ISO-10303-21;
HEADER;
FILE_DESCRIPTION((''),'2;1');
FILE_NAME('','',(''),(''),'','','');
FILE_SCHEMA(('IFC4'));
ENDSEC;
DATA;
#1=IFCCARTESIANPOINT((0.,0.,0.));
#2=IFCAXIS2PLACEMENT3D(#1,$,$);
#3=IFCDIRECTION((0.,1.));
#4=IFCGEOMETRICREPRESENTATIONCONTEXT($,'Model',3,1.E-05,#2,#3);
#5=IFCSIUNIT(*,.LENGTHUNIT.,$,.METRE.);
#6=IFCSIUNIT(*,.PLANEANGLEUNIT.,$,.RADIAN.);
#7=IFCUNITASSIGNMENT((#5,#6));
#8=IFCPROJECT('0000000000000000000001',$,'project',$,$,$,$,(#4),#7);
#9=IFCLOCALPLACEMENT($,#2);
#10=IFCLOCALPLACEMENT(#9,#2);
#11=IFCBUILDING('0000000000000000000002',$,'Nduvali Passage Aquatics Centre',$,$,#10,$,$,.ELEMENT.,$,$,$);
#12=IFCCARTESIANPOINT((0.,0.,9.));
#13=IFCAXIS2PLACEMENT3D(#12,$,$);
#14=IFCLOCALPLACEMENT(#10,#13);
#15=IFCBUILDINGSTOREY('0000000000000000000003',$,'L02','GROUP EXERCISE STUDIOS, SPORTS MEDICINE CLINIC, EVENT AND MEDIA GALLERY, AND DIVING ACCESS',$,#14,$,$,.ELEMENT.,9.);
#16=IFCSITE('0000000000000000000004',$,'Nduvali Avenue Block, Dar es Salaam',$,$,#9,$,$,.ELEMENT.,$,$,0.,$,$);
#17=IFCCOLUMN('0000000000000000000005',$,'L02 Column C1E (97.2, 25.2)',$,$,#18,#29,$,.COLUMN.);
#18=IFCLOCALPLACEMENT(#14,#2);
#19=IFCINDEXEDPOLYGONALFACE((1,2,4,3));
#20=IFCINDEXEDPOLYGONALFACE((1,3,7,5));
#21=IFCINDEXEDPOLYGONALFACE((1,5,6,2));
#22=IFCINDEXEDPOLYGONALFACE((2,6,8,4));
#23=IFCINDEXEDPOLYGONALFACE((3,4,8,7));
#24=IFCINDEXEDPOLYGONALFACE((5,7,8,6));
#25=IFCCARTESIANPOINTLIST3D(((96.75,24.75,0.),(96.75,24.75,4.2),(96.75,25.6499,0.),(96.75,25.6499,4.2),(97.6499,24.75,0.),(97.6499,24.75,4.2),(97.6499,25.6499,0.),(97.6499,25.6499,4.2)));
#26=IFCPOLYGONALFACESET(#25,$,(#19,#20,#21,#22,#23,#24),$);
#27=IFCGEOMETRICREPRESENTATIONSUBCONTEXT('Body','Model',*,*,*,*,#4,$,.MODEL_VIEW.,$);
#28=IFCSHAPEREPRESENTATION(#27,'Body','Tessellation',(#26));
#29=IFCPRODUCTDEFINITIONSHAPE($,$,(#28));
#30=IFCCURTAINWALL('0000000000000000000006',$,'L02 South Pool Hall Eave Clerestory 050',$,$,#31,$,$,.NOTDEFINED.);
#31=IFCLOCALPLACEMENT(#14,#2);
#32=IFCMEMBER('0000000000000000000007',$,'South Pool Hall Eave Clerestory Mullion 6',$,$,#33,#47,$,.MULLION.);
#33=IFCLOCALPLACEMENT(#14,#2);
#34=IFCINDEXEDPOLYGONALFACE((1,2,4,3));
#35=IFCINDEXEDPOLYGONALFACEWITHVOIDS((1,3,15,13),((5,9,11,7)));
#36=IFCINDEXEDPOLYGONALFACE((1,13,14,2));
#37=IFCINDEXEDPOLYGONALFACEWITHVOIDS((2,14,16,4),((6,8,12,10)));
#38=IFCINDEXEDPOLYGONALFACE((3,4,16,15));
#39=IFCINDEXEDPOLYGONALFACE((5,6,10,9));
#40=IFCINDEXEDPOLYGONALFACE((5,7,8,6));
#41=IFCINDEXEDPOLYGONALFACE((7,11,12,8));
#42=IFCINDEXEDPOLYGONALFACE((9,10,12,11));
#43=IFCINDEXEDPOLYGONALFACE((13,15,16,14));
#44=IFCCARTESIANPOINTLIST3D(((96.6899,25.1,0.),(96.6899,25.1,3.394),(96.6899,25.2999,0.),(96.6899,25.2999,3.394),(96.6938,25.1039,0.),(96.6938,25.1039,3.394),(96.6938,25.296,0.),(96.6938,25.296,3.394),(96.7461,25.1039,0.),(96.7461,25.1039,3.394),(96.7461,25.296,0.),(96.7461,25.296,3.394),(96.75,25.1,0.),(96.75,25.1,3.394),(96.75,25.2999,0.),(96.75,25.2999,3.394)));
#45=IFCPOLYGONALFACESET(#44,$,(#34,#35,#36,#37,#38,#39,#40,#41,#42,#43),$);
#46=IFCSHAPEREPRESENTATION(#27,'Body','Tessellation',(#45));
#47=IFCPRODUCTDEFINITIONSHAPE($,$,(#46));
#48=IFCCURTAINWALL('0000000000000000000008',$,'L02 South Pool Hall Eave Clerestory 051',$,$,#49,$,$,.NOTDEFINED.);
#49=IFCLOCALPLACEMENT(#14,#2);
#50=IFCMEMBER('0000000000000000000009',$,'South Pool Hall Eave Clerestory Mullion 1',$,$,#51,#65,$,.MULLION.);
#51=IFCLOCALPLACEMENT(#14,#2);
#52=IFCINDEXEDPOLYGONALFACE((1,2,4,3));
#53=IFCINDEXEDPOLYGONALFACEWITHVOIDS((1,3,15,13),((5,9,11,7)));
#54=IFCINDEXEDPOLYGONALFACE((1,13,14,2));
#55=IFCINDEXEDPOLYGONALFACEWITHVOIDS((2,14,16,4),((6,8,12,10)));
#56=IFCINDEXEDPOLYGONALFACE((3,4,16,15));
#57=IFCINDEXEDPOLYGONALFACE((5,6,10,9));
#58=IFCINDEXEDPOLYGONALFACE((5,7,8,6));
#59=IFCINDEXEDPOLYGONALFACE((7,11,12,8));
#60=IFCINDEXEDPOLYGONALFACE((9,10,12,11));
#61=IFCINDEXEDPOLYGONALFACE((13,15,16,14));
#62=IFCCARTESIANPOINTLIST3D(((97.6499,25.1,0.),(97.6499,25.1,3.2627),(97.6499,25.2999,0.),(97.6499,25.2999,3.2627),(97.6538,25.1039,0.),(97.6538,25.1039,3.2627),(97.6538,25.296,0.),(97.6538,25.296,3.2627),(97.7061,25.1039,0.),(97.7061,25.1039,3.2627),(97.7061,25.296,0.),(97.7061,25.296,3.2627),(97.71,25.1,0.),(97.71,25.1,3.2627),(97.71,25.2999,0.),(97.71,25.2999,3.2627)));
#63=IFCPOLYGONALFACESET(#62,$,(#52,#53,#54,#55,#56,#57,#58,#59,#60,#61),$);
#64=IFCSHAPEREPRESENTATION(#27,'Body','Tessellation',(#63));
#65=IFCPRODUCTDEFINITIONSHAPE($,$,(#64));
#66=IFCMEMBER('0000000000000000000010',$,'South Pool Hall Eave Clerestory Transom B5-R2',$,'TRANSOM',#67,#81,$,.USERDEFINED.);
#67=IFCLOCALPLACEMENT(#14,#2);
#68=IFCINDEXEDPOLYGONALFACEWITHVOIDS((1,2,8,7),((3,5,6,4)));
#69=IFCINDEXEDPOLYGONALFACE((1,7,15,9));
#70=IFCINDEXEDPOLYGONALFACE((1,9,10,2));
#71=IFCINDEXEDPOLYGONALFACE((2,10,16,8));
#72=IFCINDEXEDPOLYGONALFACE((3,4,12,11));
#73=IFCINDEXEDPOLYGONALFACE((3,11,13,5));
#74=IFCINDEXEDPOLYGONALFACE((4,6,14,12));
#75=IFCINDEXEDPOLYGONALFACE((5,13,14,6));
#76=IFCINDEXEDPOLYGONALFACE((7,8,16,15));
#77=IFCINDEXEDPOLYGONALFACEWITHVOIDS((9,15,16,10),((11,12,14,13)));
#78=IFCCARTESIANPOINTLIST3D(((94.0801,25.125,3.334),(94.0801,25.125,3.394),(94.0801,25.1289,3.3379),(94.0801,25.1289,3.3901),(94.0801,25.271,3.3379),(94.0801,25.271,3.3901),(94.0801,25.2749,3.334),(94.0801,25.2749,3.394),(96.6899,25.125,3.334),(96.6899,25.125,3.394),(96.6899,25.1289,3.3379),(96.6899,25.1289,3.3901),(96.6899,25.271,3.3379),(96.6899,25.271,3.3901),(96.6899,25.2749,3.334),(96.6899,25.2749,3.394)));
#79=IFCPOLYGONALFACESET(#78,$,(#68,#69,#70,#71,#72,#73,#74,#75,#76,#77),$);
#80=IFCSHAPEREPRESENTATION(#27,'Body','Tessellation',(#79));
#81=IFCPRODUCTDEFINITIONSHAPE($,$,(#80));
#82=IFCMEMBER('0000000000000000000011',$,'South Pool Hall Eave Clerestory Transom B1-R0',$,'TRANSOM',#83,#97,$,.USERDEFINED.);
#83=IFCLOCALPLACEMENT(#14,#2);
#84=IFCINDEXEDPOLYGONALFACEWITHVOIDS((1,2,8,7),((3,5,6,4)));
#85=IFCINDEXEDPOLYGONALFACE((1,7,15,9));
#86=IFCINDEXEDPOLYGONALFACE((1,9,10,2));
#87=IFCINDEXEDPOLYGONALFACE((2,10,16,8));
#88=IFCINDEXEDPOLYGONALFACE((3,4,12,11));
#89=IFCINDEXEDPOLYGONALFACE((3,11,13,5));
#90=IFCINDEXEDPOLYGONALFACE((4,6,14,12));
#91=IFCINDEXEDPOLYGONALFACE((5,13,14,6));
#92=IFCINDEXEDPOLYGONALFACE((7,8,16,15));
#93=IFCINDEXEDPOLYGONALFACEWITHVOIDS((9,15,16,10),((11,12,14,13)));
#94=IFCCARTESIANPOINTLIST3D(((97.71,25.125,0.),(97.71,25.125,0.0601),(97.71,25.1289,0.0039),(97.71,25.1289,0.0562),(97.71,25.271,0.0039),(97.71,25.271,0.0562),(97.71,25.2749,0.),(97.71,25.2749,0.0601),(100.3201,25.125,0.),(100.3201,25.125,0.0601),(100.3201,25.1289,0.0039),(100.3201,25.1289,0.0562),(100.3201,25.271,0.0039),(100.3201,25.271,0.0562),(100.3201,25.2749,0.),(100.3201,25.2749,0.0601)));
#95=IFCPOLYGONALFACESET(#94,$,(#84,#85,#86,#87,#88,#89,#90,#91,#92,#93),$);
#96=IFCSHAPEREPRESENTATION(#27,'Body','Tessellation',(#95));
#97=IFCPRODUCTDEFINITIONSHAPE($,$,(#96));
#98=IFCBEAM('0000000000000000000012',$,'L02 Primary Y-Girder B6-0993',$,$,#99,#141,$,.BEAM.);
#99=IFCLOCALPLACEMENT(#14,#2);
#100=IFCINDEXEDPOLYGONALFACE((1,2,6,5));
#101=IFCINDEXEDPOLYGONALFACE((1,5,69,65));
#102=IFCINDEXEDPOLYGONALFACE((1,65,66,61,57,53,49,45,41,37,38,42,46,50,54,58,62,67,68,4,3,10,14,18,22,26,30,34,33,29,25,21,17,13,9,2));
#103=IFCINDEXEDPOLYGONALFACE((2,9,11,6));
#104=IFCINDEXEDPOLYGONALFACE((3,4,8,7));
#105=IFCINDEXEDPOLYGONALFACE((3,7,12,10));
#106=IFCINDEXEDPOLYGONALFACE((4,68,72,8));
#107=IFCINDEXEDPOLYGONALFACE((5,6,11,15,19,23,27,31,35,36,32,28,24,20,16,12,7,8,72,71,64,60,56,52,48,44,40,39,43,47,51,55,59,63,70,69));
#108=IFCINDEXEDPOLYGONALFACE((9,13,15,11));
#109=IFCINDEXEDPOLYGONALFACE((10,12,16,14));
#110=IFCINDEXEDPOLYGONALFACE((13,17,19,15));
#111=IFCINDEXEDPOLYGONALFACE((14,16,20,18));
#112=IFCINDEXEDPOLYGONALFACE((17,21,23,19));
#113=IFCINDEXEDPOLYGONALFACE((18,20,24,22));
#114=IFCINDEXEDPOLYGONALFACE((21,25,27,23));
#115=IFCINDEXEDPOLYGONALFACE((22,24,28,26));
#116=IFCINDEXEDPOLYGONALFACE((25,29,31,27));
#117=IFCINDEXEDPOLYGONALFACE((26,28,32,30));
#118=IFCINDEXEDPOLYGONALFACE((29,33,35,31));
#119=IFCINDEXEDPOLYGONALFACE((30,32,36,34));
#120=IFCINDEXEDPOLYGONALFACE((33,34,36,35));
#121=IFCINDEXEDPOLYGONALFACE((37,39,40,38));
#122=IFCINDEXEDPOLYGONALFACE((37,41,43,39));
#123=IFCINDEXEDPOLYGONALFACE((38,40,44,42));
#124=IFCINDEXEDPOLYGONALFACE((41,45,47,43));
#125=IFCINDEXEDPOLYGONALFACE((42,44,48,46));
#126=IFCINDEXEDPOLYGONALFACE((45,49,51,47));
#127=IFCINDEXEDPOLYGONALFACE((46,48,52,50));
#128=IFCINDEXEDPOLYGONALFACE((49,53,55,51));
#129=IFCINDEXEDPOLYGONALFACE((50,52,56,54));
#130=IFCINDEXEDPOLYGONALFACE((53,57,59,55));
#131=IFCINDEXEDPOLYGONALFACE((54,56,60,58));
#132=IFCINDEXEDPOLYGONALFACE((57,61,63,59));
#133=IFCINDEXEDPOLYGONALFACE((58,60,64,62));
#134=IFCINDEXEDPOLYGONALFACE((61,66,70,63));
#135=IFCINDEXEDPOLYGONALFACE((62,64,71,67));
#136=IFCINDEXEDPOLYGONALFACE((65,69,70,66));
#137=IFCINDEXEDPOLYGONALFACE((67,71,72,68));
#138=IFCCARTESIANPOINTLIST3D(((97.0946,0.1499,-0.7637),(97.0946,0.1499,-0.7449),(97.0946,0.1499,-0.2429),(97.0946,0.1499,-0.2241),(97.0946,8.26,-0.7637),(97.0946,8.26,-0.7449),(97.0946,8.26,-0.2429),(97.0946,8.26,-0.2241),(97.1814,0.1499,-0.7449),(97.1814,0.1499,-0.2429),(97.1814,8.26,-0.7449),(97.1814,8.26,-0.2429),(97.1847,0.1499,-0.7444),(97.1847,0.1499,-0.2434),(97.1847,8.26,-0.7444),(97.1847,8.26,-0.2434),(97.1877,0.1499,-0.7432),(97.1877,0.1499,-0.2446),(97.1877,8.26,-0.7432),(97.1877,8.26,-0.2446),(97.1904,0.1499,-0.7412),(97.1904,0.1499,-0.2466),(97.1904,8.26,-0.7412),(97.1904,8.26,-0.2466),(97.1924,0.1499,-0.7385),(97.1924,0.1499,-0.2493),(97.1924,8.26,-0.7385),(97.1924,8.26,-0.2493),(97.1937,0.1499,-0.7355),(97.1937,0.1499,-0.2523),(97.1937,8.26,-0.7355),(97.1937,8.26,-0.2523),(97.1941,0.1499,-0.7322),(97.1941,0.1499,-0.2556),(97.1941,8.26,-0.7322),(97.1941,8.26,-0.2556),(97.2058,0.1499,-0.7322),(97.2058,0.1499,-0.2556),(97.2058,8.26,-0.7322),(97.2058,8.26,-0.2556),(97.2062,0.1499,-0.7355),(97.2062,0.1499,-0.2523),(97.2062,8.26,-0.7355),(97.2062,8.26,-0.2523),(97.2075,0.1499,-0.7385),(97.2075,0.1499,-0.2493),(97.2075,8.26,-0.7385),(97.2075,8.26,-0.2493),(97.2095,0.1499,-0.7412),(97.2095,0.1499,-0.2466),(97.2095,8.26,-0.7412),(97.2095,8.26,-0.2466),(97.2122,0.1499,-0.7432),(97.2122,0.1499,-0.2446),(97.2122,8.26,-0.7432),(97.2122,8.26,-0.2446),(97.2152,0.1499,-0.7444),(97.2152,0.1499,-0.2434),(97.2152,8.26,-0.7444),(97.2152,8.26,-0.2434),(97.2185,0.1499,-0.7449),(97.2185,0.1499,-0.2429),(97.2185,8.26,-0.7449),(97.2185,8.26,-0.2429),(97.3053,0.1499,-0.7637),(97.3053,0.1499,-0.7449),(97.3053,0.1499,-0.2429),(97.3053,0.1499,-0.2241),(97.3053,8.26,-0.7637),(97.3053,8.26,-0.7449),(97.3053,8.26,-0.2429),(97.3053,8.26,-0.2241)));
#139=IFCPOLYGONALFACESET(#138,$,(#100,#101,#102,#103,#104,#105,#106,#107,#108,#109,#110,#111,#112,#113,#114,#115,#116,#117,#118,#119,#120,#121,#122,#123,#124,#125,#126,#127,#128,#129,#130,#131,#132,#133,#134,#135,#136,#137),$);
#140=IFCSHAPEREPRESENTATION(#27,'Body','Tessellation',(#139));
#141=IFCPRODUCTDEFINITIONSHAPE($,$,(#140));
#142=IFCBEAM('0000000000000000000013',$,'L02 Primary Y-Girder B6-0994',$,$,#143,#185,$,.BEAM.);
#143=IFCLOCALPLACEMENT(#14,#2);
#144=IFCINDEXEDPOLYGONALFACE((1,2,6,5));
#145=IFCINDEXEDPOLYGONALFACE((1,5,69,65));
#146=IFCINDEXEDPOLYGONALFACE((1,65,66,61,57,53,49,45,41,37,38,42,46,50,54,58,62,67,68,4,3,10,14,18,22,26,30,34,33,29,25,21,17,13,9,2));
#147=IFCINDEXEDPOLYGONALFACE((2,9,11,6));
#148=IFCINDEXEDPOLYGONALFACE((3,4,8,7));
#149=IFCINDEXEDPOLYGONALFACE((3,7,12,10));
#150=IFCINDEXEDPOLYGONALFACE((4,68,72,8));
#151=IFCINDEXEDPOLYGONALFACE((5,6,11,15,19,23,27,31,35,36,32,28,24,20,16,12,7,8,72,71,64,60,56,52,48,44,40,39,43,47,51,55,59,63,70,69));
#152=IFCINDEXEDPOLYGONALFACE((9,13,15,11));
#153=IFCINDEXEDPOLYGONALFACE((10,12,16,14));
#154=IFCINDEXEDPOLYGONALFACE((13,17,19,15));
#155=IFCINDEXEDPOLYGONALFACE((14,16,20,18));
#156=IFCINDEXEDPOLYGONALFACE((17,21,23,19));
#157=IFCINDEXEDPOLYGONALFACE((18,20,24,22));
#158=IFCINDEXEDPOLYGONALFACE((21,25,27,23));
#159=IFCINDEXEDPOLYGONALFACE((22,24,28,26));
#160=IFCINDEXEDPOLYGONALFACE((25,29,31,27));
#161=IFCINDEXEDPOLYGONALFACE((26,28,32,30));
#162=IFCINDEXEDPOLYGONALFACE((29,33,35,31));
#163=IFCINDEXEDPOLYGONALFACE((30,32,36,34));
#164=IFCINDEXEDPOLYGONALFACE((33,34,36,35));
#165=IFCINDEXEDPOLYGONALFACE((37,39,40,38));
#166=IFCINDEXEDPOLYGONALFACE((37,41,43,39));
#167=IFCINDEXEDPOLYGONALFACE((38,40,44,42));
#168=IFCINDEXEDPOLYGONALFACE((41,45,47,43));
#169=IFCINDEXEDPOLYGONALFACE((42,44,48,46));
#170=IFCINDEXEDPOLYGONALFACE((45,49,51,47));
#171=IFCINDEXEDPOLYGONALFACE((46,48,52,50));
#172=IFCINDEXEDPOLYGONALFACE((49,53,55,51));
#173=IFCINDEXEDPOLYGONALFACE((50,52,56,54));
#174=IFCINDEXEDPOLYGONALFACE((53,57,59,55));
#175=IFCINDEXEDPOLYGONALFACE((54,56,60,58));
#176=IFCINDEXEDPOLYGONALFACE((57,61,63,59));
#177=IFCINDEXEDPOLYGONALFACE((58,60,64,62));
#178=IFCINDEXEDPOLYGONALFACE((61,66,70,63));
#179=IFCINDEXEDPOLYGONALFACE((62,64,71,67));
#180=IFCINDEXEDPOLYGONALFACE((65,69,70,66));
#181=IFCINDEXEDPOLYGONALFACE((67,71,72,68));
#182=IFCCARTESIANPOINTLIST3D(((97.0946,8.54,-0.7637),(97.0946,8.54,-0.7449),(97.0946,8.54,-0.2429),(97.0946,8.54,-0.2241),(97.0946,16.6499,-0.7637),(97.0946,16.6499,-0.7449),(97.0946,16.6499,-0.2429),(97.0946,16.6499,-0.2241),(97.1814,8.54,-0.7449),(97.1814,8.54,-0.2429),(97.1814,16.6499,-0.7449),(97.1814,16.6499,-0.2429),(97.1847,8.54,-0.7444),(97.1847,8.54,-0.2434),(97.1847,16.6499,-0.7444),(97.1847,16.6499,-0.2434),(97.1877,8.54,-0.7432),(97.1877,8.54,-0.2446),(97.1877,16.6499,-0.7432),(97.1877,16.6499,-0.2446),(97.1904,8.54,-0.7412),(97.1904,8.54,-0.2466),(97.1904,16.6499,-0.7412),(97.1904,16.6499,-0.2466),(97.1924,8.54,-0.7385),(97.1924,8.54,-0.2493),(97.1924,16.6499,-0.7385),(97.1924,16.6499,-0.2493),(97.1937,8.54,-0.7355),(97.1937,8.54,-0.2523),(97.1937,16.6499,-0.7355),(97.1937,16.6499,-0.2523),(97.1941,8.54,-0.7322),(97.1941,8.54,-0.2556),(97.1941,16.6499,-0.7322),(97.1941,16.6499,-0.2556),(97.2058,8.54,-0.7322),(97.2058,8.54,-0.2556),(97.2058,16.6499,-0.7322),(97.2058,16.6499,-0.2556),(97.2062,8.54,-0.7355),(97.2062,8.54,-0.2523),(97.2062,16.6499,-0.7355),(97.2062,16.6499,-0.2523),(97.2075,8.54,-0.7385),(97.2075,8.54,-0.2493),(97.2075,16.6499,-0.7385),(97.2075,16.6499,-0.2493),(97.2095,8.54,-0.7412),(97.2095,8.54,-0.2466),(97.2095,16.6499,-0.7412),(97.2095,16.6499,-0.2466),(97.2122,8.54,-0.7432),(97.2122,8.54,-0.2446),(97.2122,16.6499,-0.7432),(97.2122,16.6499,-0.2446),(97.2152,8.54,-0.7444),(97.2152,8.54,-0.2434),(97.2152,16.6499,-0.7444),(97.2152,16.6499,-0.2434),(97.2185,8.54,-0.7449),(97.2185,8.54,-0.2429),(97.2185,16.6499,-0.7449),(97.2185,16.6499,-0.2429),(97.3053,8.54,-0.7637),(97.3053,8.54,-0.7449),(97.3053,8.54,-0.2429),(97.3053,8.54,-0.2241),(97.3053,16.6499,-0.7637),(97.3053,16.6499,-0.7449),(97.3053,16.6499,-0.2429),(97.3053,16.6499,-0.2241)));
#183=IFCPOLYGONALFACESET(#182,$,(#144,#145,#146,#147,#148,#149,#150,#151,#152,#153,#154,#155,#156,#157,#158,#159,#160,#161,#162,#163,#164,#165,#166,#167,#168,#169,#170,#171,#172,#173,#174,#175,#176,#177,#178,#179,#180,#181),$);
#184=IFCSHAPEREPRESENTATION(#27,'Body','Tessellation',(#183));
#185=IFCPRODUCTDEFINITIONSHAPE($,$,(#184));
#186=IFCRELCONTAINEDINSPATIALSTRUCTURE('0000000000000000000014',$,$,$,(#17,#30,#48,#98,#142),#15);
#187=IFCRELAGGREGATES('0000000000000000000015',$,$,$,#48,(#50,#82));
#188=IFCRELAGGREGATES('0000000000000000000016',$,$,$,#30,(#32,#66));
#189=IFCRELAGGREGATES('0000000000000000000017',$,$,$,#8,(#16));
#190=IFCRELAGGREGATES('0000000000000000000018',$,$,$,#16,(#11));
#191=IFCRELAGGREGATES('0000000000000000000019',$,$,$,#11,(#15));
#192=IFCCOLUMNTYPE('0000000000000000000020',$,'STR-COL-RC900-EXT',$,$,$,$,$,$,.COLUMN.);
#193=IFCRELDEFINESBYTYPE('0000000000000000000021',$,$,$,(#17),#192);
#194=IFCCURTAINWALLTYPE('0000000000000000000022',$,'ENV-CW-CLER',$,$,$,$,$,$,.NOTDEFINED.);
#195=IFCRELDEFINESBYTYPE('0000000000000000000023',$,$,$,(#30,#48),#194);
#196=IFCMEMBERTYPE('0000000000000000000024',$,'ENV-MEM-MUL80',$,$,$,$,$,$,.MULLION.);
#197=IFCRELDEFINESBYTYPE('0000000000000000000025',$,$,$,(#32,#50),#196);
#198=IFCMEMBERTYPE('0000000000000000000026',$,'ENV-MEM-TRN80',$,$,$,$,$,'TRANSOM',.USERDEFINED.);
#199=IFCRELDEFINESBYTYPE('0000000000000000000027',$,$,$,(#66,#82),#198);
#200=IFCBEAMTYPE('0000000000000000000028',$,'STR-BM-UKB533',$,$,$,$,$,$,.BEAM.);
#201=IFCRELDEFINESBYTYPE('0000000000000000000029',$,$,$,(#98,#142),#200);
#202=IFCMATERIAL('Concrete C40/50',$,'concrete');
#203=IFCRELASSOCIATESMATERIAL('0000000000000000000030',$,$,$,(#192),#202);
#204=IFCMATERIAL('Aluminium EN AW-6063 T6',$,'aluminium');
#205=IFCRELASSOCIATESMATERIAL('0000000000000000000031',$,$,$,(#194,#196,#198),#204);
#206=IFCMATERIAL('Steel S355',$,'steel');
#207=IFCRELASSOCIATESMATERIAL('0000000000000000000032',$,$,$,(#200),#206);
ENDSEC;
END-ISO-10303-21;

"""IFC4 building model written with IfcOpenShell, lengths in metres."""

from ifc_helpers import new_model, si_unit, direction, frame, origin, origin_2d, place, context, subcontext, project, spatial, rectangle, hollow_rectangle, i_section, extrude, material, material_profile, profile_set, type_object, element, aggregate, save


model = new_model("IFC4")

# Units and contexts
model_context = context("Model", 3, precision=1e-05, world=origin(), true_north=direction((0.0, 1.0)))
body_context = subcontext(model_context, "Body", "Model", "MODEL_VIEW")
ifc_project = project(units=[si_unit("LENGTHUNIT", "METRE"), si_unit("PLANEANGLEUNIT", "RADIAN")], contexts=[model_context])

# Site, building, storey
site_placement = place(None, origin())
site = spatial("IfcSite", under=ifc_project, at=site_placement, Name="Nduvali Avenue Block, Dar es Salaam", CompositionType="ELEMENT", RefElevation=0.0)
building_placement = place(site_placement, origin())
building = spatial("IfcBuilding", under=site, at=building_placement, Name="Nduvali Passage Aquatics Centre", CompositionType="ELEMENT")
storey_placement = place(building_placement, frame((0.0, 0.0, 9.0)))
storey = spatial("IfcBuildingStorey", under=building, at=storey_placement, Name="L02", Description="GROUP EXERCISE STUDIOS, SPORTS MEDICINE CLINIC, EVENT AND MEDIA GALLERY, AND DIVING ACCESS", CompositionType="ELEMENT", Elevation=9.0)

# Column
ifc_material_1 = material(Name="Concrete C40/50", Category="concrete")
ifc_material_profile_1 = material_profile(ifc_material_1, rectangle(XDim=0.8999, YDim=0.8999, at=origin_2d()), Name="RC 900x900")
ifc_profile_set_1 = profile_set([ifc_material_profile_1], Name="Concrete C40/50")
column_type = type_object("IfcColumnType", Name="STR-COL-RC900-EXT", PredefinedType="COLUMN", material=ifc_profile_set_1)
column_placement = place(storey_placement, frame((97.2, 25.2, 0.0), z_axis=(0.0, 0.0, 1.0), x_axis=(1.0, 0.0, 0.0)))
element("IfcColumn", 1, at=column_placement, inside=storey, type_object=column_type, Name="L02 Column C1E (97.2, 25.2)", PredefinedType="COLUMN", context=body_context, shape_type="SweptSolid", body=[
    extrude(rectangle(XDim=0.8999, YDim=0.8999, at=origin_2d()), origin(), (0.0, 0.0, 1.0), 4.2),
])

# Curtain walls, members
ifc_material_2 = material(Name="Aluminium EN AW-6063 T6", Category="aluminium")
curtain_wall_type = type_object("IfcCurtainWallType", Name="ENV-CW-CLER", PredefinedType="NOTDEFINED", material=ifc_material_2)
curtain_wall_1_placement = place(storey_placement, origin())
curtain_wall_1 = element("IfcCurtainWall", 2, at=curtain_wall_1_placement, inside=storey, type_object=curtain_wall_type, Name="L02 South Pool Hall Eave Clerestory 050", PredefinedType="NOTDEFINED")
ifc_material_profile_2 = material_profile(ifc_material_2, hollow_rectangle(XDim=0.0601, YDim=0.2, WallThickness=0.0039, at=origin_2d()), Name="ALU MULLION 60x200x4")
ifc_profile_set_2 = profile_set([ifc_material_profile_2], Name="Aluminium EN AW-6063 T6")
member_type_1 = type_object("IfcMemberType", Name="ENV-MEM-MUL80", PredefinedType="MULLION", material=ifc_profile_set_2)
member_1_placement = place(storey_placement, frame((96.72, 25.2, 0.0), z_axis=(0.0, 0.0, 1.0), x_axis=(1.0, 0.0, 0.0)))
member_1 = element("IfcMember", 3, at=member_1_placement, type_object=member_type_1, Name="South Pool Hall Eave Clerestory Mullion 6", PredefinedType="MULLION", context=body_context, shape_type="SweptSolid", body=[
    extrude(hollow_rectangle(XDim=0.0601, YDim=0.2, WallThickness=0.0039, at=origin_2d()), origin(), (0.0, 0.0, 1.0), 3.394),
])
curtain_wall_2_placement = place(storey_placement, origin())
curtain_wall_2 = element("IfcCurtainWall", 4, at=curtain_wall_2_placement, inside=storey, type_object=curtain_wall_type, Name="L02 South Pool Hall Eave Clerestory 051", PredefinedType="NOTDEFINED")
member_2_placement = place(storey_placement, frame((97.6799, 25.2, 0.0), z_axis=(0.0, 0.0, 1.0), x_axis=(1.0, 0.0, 0.0)))
member_2 = element("IfcMember", 5, at=member_2_placement, type_object=member_type_1, Name="South Pool Hall Eave Clerestory Mullion 1", PredefinedType="MULLION", context=body_context, shape_type="SweptSolid", body=[
    extrude(hollow_rectangle(XDim=0.0601, YDim=0.2, WallThickness=0.0039, at=origin_2d()), origin(), (0.0, 0.0, 1.0), 3.2627),
])

# Members
ifc_material_profile_3 = material_profile(ifc_material_2, hollow_rectangle(XDim=0.1499, YDim=0.0601, WallThickness=0.0039, at=origin_2d()), Name="ALU TRANSOM 150x60x4")
ifc_profile_set_3 = profile_set([ifc_material_profile_3], Name="Aluminium EN AW-6063 T6")
member_type_2 = type_object("IfcMemberType", Name="ENV-MEM-TRN80", ElementType="TRANSOM", PredefinedType="USERDEFINED", material=ifc_profile_set_3)
member_3_placement = place(storey_placement, frame((94.0801, 25.2, 3.364), z_axis=(1.0, 0.0, 0.0), x_axis=(0.0, 1.0, 0.0)))
member_3 = element("IfcMember", 6, at=member_3_placement, type_object=member_type_2, Name="South Pool Hall Eave Clerestory Transom B5-R2", ObjectType="TRANSOM", PredefinedType="USERDEFINED", context=body_context, shape_type="SweptSolid", body=[
    extrude(hollow_rectangle(XDim=0.1499, YDim=0.0601, WallThickness=0.0039, at=origin_2d()), origin(), (0.0, 0.0, 1.0), 2.6099),
])
member_4_placement = place(storey_placement, frame((97.71, 25.2, 0.03), z_axis=(1.0, 0.0, 0.0), x_axis=(0.0, 1.0, 0.0)))
member_4 = element("IfcMember", 7, at=member_4_placement, type_object=member_type_2, Name="South Pool Hall Eave Clerestory Transom B1-R0", ObjectType="TRANSOM", PredefinedType="USERDEFINED", context=body_context, shape_type="SweptSolid", body=[
    extrude(hollow_rectangle(XDim=0.1499, YDim=0.0601, WallThickness=0.0039, at=origin_2d()), origin(), (0.0, 0.0, 1.0), 2.6101),
])
aggregate(curtain_wall_2, [member_2, member_4])

# Beams
ifc_material_3 = material(Name="Steel S355", Category="steel")
ifc_material_profile_4 = material_profile(ifc_material_3, i_section(OverallWidth=0.2107, OverallDepth=0.5396, WebThickness=0.0117, FlangeThickness=0.0188, FilletRadius=0.0127, at=origin_2d()), Name="UKB 533x210x109")
ifc_profile_set_4 = profile_set([ifc_material_profile_4], Name="Steel S355")
beam_type_1 = type_object("IfcBeamType", Name="STR-BM-UKB533", PredefinedType="BEAM", material=ifc_profile_set_4)
beam_1_placement = place(storey_placement, frame((97.2, 0.1499, -0.4939), z_axis=(0.0, 1.0, 0.0), x_axis=(-1.0, 0.0, 0.0)))
element("IfcBeam", 8, at=beam_1_placement, inside=storey, type_object=beam_type_1, Name="L02 Primary Y-Girder B6-0993", PredefinedType="BEAM", context=body_context, shape_type="SweptSolid", body=[
    extrude(i_section(OverallWidth=0.2107, OverallDepth=0.5396, WebThickness=0.0117, FlangeThickness=0.0188, FilletRadius=0.0127, at=origin_2d()), origin(), (0.0, 0.0, 1.0), 8.1101),
])
beam_2_placement = place(storey_placement, frame((97.2, 8.54, -0.4939), z_axis=(0.0, 1.0, 0.0), x_axis=(-1.0, 0.0, 0.0)))
element("IfcBeam", 9, at=beam_2_placement, inside=storey, type_object=beam_type_1, Name="L02 Primary Y-Girder B6-0994", PredefinedType="BEAM", context=body_context, shape_type="SweptSolid", body=[
    extrude(i_section(OverallWidth=0.2107, OverallDepth=0.5396, WebThickness=0.0117, FlangeThickness=0.0188, FilletRadius=0.0127, at=origin_2d()), origin(), (0.0, 0.0, 1.0), 8.1099),
])

aggregate(curtain_wall_1, [member_1, member_3])

save(model, "model.ifc")
